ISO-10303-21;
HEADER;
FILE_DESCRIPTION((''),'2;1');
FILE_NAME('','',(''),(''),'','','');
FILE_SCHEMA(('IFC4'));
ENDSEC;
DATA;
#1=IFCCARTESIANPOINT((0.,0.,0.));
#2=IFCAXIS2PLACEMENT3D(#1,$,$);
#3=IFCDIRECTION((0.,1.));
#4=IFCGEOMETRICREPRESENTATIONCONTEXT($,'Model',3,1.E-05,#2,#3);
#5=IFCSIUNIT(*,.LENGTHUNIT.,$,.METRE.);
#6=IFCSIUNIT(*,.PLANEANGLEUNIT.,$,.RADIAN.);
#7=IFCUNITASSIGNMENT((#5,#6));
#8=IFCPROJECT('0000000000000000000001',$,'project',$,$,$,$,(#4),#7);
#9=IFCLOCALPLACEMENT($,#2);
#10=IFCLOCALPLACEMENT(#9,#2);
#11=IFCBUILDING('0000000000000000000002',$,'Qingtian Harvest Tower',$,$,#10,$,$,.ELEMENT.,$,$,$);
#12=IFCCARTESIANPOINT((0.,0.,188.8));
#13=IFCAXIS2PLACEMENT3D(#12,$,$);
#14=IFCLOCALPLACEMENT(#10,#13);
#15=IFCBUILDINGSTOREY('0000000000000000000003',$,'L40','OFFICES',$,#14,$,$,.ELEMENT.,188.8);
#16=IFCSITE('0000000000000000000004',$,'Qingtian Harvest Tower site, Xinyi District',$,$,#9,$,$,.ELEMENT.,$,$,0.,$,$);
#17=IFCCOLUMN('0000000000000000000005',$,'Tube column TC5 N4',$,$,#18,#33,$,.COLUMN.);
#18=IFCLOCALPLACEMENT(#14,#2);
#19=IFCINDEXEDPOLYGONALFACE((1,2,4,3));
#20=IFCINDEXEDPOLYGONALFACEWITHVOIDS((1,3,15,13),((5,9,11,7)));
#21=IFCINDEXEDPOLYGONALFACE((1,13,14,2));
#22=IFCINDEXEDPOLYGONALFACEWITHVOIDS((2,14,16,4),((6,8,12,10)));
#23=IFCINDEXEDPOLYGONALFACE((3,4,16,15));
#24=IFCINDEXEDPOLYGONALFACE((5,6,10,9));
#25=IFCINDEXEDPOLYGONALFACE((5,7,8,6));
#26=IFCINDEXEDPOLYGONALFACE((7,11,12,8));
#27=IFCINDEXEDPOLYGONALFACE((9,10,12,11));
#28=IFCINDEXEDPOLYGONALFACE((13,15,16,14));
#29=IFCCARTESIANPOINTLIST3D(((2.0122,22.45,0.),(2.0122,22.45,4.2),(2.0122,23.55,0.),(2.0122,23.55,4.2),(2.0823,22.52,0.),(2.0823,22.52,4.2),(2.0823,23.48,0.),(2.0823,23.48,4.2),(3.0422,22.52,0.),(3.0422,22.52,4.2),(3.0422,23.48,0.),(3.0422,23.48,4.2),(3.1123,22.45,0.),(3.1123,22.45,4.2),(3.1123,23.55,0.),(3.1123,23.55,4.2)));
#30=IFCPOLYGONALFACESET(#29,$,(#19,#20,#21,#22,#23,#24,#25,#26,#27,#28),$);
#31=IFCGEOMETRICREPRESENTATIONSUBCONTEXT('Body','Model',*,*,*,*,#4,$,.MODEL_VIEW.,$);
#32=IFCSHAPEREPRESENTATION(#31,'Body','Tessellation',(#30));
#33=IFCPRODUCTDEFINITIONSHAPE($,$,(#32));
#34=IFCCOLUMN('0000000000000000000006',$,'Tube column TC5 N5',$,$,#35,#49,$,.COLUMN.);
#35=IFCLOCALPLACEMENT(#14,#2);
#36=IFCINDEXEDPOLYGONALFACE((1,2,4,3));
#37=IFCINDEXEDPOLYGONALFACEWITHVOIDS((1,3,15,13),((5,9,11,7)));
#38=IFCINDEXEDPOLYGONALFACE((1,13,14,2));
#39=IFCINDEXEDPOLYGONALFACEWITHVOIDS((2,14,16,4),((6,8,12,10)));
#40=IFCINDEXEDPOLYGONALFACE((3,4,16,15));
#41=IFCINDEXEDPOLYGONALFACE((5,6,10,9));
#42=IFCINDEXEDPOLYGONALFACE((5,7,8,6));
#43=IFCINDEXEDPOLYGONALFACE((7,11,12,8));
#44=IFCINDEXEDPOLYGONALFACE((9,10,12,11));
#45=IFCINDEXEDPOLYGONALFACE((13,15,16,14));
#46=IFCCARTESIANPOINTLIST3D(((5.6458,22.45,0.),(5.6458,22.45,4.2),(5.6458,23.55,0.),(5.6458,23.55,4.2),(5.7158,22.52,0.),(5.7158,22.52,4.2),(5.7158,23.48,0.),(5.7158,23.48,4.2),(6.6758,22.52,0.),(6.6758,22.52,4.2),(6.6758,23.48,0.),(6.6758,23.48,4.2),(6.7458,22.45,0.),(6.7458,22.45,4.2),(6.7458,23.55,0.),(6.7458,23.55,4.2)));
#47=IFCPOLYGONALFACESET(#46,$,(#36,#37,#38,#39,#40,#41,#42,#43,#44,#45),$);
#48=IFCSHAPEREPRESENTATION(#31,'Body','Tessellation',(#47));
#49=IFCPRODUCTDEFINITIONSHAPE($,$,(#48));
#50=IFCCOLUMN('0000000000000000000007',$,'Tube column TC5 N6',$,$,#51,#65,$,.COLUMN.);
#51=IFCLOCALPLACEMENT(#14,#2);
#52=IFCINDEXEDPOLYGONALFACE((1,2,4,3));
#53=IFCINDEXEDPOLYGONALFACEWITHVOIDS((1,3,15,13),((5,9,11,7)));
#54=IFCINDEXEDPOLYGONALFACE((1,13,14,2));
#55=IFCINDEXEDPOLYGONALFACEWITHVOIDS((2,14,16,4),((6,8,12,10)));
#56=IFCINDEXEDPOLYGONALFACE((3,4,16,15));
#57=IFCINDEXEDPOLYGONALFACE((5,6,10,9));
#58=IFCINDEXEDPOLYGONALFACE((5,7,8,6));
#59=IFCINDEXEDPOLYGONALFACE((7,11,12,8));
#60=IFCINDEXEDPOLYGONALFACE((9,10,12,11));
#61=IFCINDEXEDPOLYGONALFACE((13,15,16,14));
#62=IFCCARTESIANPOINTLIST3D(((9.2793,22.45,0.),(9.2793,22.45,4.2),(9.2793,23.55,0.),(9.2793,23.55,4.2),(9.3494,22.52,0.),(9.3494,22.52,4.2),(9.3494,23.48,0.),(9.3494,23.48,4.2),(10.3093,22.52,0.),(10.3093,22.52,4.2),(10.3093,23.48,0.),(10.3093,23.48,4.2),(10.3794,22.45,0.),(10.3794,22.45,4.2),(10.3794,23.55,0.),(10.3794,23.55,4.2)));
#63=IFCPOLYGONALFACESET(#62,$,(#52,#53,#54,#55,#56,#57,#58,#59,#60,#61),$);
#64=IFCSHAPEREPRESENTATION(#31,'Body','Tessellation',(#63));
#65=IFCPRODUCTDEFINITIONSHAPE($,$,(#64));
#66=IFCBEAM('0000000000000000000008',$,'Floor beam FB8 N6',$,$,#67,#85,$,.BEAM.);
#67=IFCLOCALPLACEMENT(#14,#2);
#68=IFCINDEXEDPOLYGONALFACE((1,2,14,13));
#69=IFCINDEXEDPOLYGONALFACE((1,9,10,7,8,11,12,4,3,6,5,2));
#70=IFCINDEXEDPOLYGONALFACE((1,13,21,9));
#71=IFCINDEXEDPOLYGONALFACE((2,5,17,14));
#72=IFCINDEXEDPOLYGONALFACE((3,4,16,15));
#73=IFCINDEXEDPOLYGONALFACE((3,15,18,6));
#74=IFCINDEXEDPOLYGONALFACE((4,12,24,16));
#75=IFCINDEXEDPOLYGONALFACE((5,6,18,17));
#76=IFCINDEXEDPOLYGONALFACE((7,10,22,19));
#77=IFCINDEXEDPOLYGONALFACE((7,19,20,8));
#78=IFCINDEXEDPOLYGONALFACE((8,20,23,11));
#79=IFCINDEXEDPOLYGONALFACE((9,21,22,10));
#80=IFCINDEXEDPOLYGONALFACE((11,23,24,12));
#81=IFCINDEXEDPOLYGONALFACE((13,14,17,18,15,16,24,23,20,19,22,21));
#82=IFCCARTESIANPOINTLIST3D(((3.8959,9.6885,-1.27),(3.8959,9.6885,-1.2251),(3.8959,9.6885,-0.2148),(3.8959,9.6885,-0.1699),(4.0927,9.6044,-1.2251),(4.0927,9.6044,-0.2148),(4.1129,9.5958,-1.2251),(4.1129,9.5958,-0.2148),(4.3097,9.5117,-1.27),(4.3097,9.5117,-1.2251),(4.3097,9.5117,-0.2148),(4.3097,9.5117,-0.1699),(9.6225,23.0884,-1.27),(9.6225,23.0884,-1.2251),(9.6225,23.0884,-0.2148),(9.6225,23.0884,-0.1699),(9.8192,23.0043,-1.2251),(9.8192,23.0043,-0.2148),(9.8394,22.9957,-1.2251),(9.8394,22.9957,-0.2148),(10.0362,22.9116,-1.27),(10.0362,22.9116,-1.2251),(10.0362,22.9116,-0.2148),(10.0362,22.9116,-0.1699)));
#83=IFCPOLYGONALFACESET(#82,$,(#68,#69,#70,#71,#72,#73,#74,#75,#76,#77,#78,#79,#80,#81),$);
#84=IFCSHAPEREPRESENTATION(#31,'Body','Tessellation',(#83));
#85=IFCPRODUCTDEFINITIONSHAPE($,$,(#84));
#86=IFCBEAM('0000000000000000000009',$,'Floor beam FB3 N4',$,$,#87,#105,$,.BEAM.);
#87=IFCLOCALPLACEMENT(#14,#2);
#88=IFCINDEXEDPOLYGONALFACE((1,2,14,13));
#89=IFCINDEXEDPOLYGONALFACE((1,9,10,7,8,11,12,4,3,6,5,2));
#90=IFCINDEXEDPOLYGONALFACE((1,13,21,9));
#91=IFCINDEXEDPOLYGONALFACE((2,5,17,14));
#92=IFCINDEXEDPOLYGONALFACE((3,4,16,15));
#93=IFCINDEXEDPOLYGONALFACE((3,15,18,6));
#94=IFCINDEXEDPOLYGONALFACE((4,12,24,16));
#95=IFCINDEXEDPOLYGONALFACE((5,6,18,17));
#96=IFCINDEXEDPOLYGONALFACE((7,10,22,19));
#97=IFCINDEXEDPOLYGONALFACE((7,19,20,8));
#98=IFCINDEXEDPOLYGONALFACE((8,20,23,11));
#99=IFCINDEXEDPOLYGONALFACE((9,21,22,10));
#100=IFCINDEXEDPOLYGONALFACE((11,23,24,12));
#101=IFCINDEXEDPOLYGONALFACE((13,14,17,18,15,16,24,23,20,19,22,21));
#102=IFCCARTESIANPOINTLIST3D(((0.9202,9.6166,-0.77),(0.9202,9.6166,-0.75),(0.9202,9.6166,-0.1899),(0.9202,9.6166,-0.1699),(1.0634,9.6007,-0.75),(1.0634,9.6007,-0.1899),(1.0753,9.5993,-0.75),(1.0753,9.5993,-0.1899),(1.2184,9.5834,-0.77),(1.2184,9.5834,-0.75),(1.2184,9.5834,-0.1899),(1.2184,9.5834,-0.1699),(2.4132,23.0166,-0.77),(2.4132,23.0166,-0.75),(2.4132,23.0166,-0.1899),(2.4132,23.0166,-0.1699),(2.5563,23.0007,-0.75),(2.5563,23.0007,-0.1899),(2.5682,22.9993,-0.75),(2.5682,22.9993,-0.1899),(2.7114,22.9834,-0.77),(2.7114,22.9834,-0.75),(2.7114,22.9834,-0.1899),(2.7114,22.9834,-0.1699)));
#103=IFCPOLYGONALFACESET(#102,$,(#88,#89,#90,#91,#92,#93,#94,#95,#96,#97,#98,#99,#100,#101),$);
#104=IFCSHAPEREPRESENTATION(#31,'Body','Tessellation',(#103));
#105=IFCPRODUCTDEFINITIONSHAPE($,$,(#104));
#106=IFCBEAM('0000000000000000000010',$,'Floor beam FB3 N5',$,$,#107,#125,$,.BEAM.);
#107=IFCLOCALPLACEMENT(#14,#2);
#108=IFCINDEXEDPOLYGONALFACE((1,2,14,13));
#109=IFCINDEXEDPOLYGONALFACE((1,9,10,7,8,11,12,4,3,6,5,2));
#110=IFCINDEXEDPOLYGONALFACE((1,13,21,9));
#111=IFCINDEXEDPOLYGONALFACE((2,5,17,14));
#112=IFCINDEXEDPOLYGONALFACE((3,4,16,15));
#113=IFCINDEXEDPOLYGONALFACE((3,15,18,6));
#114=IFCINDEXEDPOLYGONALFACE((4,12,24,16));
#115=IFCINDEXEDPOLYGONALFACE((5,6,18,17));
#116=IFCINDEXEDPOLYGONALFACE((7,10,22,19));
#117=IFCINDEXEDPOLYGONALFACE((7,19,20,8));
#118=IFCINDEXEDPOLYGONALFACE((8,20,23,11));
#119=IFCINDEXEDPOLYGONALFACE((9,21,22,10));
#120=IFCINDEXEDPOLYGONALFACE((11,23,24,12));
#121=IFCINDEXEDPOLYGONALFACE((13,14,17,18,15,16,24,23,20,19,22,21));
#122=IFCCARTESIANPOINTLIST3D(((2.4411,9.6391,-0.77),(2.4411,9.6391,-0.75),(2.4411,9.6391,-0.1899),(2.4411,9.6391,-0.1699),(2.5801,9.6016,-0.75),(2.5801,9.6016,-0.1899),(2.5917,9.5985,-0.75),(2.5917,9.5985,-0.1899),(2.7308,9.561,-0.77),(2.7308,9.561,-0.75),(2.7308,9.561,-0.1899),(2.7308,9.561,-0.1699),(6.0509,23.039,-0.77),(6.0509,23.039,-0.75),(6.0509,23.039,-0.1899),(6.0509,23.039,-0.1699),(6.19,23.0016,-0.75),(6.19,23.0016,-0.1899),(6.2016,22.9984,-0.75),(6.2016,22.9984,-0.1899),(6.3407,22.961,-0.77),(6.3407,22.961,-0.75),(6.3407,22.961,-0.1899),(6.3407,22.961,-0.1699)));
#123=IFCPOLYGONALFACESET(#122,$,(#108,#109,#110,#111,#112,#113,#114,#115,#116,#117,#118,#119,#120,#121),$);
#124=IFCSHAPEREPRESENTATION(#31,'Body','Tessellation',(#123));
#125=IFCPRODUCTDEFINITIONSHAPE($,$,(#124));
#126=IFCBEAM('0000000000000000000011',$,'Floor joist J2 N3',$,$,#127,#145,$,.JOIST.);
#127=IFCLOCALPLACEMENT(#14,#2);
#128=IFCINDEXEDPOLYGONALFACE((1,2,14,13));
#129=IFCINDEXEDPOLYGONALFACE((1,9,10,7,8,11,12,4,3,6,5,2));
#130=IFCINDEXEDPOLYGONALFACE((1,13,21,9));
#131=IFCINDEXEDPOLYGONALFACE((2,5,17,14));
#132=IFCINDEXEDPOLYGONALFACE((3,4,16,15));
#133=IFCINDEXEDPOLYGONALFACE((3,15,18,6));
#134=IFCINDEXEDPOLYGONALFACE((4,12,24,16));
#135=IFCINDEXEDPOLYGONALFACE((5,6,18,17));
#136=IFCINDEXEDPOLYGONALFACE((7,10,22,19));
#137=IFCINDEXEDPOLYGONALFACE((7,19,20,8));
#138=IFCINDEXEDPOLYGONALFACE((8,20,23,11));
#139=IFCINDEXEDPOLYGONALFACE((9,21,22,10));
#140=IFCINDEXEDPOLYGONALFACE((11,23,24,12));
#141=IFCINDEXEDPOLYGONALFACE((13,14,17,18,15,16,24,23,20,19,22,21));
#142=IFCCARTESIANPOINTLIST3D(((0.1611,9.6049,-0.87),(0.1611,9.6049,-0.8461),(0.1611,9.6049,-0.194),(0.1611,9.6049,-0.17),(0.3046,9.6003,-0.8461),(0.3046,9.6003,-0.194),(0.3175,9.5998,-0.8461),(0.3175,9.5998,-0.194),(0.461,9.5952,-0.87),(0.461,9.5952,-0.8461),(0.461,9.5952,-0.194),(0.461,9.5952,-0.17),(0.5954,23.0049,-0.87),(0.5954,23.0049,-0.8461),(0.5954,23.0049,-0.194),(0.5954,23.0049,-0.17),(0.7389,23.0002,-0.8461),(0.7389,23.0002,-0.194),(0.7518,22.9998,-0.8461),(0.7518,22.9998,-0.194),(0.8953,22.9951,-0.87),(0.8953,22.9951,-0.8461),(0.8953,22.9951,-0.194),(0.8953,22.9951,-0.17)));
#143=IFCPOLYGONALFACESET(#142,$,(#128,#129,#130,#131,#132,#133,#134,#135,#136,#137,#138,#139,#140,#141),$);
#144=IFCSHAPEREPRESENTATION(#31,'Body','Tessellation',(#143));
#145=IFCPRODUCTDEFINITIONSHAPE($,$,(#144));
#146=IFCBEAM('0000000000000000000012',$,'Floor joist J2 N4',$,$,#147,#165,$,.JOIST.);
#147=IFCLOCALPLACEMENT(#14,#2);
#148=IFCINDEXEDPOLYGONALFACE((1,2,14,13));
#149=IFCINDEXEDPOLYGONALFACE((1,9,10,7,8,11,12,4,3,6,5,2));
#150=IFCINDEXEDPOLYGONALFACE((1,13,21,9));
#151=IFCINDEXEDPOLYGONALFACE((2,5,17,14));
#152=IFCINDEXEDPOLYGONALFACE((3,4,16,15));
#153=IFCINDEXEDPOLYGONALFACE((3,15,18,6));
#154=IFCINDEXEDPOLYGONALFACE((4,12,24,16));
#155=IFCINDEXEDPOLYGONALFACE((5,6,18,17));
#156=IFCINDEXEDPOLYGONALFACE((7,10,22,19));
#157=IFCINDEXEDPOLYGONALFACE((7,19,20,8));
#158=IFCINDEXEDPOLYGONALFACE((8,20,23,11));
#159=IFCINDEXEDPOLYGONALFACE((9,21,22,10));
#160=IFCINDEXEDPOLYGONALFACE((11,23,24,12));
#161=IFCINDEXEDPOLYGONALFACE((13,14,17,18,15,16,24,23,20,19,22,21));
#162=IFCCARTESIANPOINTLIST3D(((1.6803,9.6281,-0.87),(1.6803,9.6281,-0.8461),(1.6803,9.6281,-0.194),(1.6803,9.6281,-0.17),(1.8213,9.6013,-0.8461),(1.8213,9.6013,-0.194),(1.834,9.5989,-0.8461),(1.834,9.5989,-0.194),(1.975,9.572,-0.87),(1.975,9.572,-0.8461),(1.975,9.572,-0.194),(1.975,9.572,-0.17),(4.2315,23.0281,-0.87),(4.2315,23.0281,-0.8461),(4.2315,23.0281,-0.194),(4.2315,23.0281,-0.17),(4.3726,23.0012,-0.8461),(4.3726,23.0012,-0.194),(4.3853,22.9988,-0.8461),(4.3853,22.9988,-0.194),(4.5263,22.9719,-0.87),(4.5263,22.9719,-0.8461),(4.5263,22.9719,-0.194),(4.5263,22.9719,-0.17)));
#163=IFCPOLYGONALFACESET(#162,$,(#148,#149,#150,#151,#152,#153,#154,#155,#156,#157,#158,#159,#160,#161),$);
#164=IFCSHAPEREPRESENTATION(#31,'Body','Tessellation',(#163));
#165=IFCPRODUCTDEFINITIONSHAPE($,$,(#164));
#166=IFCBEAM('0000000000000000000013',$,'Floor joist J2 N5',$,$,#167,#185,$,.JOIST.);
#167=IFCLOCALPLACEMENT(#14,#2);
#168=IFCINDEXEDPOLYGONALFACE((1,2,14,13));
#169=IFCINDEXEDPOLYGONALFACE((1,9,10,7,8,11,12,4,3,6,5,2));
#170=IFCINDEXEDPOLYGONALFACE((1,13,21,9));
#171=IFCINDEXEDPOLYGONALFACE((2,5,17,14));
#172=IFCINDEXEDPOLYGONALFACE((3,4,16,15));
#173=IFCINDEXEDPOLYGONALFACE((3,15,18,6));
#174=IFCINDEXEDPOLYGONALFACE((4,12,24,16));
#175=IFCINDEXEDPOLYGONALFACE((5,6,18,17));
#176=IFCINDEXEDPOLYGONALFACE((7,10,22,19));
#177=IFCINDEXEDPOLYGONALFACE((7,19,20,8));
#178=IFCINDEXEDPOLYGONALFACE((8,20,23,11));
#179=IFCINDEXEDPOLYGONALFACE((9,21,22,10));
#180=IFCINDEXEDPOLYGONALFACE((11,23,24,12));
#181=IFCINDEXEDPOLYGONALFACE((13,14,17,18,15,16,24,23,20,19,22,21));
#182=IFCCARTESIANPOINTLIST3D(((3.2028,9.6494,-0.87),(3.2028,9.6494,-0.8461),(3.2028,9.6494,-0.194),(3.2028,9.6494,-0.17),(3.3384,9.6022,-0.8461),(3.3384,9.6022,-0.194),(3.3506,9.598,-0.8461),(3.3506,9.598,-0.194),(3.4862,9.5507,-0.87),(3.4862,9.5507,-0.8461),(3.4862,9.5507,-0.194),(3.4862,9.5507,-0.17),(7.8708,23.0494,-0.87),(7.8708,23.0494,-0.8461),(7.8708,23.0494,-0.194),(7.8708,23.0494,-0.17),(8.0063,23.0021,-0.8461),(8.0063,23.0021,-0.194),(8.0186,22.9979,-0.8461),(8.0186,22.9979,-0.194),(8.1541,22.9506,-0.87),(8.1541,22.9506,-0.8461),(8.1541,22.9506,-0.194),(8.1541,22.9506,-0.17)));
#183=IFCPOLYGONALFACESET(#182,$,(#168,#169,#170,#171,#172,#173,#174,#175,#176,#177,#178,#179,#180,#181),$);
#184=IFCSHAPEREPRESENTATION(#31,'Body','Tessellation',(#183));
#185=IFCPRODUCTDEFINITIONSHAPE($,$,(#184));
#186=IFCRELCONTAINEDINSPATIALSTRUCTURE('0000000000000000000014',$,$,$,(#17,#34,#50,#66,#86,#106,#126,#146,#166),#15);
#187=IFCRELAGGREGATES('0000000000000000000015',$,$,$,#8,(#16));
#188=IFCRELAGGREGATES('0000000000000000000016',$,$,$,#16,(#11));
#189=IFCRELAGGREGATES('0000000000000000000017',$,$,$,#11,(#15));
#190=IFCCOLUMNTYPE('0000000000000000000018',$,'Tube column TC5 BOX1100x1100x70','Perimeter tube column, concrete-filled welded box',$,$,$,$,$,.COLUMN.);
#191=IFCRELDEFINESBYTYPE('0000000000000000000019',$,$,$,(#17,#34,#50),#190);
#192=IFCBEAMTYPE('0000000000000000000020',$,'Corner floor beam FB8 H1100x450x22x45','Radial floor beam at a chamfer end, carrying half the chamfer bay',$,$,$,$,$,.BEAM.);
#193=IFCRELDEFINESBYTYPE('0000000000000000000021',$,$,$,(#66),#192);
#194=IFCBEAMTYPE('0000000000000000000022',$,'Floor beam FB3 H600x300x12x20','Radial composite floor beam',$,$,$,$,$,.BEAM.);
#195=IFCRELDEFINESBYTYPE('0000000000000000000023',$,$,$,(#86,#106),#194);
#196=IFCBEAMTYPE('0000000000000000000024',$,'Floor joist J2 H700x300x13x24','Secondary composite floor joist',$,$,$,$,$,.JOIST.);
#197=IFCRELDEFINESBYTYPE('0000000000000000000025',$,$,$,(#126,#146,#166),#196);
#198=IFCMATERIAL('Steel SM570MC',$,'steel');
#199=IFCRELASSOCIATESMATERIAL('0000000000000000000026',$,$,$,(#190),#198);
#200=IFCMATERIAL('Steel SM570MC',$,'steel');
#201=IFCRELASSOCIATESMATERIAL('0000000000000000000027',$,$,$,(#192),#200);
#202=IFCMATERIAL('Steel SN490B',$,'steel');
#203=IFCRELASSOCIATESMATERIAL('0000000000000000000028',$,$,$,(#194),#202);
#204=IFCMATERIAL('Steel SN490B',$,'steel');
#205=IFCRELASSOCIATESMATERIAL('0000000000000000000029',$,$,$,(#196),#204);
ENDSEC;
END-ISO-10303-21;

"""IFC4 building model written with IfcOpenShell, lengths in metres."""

from ifc_helpers import new_model, si_unit, direction, frame, origin, origin_2d, place, context, subcontext, project, spatial, hollow_rectangle, i_section, extrude, material, material_profile, profile_set, type_object, element, save


model = new_model("IFC4")

# Units and contexts
model_context = context("Model", 3, precision=1e-05, world=origin(), true_north=direction((0.0, 1.0)))
body_context = subcontext(model_context, "Body", "Model", "MODEL_VIEW")
ifc_project = project(units=[si_unit("LENGTHUNIT", "METRE"), si_unit("PLANEANGLEUNIT", "RADIAN")], contexts=[model_context])

# Site, building, storey
site_placement = place(None, origin())
site = spatial("IfcSite", under=ifc_project, at=site_placement, Name="Qingtian Harvest Tower site, Xinyi District", CompositionType="ELEMENT", RefElevation=0.0)
building_placement = place(site_placement, origin())
building = spatial("IfcBuilding", under=site, at=building_placement, Name="Qingtian Harvest Tower", CompositionType="ELEMENT")
storey_placement = place(building_placement, frame((0.0, 0.0, 188.8)))
storey = spatial("IfcBuildingStorey", under=building, at=storey_placement, Name="L40", Description="OFFICES", CompositionType="ELEMENT", Elevation=188.8)

# Columns
ifc_material_1 = material(Name="Steel SM570MC", Category="steel")
ifc_material_profile_1 = material_profile(ifc_material_1, hollow_rectangle(XDim=1.1001, YDim=1.1001, WallThickness=0.0701, at=origin_2d()), Name="BOX1100x1100x70")
ifc_profile_set_1 = profile_set([ifc_material_profile_1], Name="Steel SM570MC")
column_type = type_object("IfcColumnType", Name="Tube column TC5 BOX1100x1100x70", Description="Perimeter tube column, concrete-filled welded box", PredefinedType="COLUMN", material=ifc_profile_set_1)
for number, where, z_axis, x_axis, name in (
    (1, (2.5623, 23.0, 0.0), (0.0, 0.0, 1.0), (-1.0, 0.0, 0.0), "Tube column TC5 N4"),
    (2, (6.1958, 23.0, 0.0), (0.0, 0.0, 1.0), (-1.0, 0.0, 0.0), "Tube column TC5 N5"),
    (3, (9.8293, 23.0, 0.0), (0.0, 0.0, 1.0), (-1.0, 0.0, 0.0), "Tube column TC5 N6"),
):
    element("IfcColumn", number, at=place(storey_placement, frame(where, z_axis=z_axis, x_axis=x_axis)), inside=storey, type_object=column_type, Name=name, PredefinedType="COLUMN", context=body_context, shape_type="SweptSolid", body=[
        extrude(hollow_rectangle(XDim=1.1001, YDim=1.1001, WallThickness=0.0701, at=origin_2d()), origin(), (0.0, 0.0, 1.0), 4.2),
    ])

# Beams
ifc_material_2 = material(Name="Steel SM570MC", Category="steel")
ifc_material_profile_2 = material_profile(ifc_material_2, i_section(OverallWidth=0.45, OverallDepth=1.1001, WebThickness=0.022, FlangeThickness=0.0449, at=origin_2d()), Name="H1100x450x22x45")
ifc_profile_set_2 = profile_set([ifc_material_profile_2], Name="Steel SM570MC")
beam_type_1 = type_object("IfcBeamType", Name="Corner floor beam FB8 H1100x450x22x45", Description="Radial floor beam at a chamfer end, carrying half the chamfer bay", PredefinedType="BEAM", material=ifc_profile_set_2)
beam_1_placement = place(storey_placement, frame((9.8293, 23.0, -0.72), z_axis=(-0.392977, -0.919548, 0.0), x_axis=(0.919548, -0.392977, 0.0)))
element("IfcBeam", 4, at=beam_1_placement, inside=storey, type_object=beam_type_1, Name="Floor beam FB8 N6", PredefinedType="BEAM", context=body_context, shape_type="SweptSolid", body=[
    extrude(i_section(OverallWidth=0.45, OverallDepth=1.1001, WebThickness=0.022, FlangeThickness=0.0449, at=origin_2d()), origin(), (0.0, 0.0, 1.0), 14.5723),
])
ifc_material_3 = material(Name="Steel SN490B", Category="steel")
ifc_material_profile_3 = material_profile(ifc_material_3, i_section(OverallWidth=0.3, OverallDepth=0.6001, WebThickness=0.012, FlangeThickness=0.02, at=origin_2d()), Name="H600x300x12x20")
ifc_profile_set_3 = profile_set([ifc_material_profile_3], Name="Steel SN490B")
beam_type_2 = type_object("IfcBeamType", Name="Floor beam FB3 H600x300x12x20", Description="Radial composite floor beam", PredefinedType="BEAM", material=ifc_profile_set_3)
beam_2_placement = place(storey_placement, frame((2.5623, 23.0, -0.47), z_axis=(-0.110728, -0.993851, 0.0), x_axis=(0.993851, -0.110728, 0.0)))
element("IfcBeam", 5, at=beam_2_placement, inside=storey, type_object=beam_type_2, Name="Floor beam FB3 N4", PredefinedType="BEAM", context=body_context, shape_type="SweptSolid", body=[
    extrude(i_section(OverallWidth=0.3, OverallDepth=0.6001, WebThickness=0.012, FlangeThickness=0.02, at=origin_2d()), origin(), (0.0, 0.0, 1.0), 13.4829),
])
beam_3_placement = place(storey_placement, frame((6.1958, 23.0, -0.47), z_axis=(-0.260121, -0.965576, 0.0), x_axis=(0.965576, -0.260121, 0.0)))
element("IfcBeam", 6, at=beam_3_placement, inside=storey, type_object=beam_type_2, Name="Floor beam FB3 N5", PredefinedType="BEAM", context=body_context, shape_type="SweptSolid", body=[
    extrude(i_section(OverallWidth=0.3, OverallDepth=0.6001, WebThickness=0.012, FlangeThickness=0.02, at=origin_2d()), origin(), (0.0, 0.0, 1.0), 13.8777),
])
ifc_material_4 = material(Name="Steel SN490B", Category="steel")
ifc_material_profile_4 = material_profile(ifc_material_4, i_section(OverallWidth=0.3, OverallDepth=0.7, WebThickness=0.0129, FlangeThickness=0.0239, at=origin_2d()), Name="H700x300x13x24")
ifc_profile_set_4 = profile_set([ifc_material_profile_4], Name="Steel SN490B")
beam_type_3 = type_object("IfcBeamType", Name="Floor joist J2 H700x300x13x24", Description="Secondary composite floor joist", PredefinedType="JOIST", material=ifc_profile_set_4)
beam_4_placement = place(storey_placement, frame((0.7454, 23.0, -0.52), z_axis=(-0.032396, -0.999475, 0.0), x_axis=(0.999475, -0.032396, 0.0)))
element("IfcBeam", 7, at=beam_4_placement, inside=storey, type_object=beam_type_3, Name="Floor joist J2 N3", PredefinedType="JOIST", context=body_context, shape_type="SweptSolid", body=[
    extrude(i_section(OverallWidth=0.3, OverallDepth=0.7, WebThickness=0.0129, FlangeThickness=0.0239, at=origin_2d()), origin(), (0.0, 0.0, 1.0), 13.407),
])
beam_5_placement = place(storey_placement, frame((4.3789, 23.0, -0.52), z_axis=(-0.187035, -0.982353, 0.0), x_axis=(0.982353, -0.187035, 0.0)))
element("IfcBeam", 8, at=beam_5_placement, inside=storey, type_object=beam_type_3, Name="Floor joist J2 N4", PredefinedType="JOIST", context=body_context, shape_type="SweptSolid", body=[
    extrude(i_section(OverallWidth=0.3, OverallDepth=0.7, WebThickness=0.0129, FlangeThickness=0.0239, at=origin_2d()), origin(), (0.0, 0.0, 1.0), 13.6406),
])
beam_6_placement = place(storey_placement, frame((8.0125, 23.0, -0.52), z_axis=(-0.328969, -0.944341, 0.0), x_axis=(0.944341, -0.328969, 0.0)))
element("IfcBeam", 9, at=beam_6_placement, inside=storey, type_object=beam_type_3, Name="Floor joist J2 N5", PredefinedType="JOIST", context=body_context, shape_type="SweptSolid", body=[
    extrude(i_section(OverallWidth=0.3, OverallDepth=0.7, WebThickness=0.0129, FlangeThickness=0.0239, at=origin_2d()), origin(), (0.0, 0.0, 1.0), 14.1897),
])

save(model, "model.ifc")
